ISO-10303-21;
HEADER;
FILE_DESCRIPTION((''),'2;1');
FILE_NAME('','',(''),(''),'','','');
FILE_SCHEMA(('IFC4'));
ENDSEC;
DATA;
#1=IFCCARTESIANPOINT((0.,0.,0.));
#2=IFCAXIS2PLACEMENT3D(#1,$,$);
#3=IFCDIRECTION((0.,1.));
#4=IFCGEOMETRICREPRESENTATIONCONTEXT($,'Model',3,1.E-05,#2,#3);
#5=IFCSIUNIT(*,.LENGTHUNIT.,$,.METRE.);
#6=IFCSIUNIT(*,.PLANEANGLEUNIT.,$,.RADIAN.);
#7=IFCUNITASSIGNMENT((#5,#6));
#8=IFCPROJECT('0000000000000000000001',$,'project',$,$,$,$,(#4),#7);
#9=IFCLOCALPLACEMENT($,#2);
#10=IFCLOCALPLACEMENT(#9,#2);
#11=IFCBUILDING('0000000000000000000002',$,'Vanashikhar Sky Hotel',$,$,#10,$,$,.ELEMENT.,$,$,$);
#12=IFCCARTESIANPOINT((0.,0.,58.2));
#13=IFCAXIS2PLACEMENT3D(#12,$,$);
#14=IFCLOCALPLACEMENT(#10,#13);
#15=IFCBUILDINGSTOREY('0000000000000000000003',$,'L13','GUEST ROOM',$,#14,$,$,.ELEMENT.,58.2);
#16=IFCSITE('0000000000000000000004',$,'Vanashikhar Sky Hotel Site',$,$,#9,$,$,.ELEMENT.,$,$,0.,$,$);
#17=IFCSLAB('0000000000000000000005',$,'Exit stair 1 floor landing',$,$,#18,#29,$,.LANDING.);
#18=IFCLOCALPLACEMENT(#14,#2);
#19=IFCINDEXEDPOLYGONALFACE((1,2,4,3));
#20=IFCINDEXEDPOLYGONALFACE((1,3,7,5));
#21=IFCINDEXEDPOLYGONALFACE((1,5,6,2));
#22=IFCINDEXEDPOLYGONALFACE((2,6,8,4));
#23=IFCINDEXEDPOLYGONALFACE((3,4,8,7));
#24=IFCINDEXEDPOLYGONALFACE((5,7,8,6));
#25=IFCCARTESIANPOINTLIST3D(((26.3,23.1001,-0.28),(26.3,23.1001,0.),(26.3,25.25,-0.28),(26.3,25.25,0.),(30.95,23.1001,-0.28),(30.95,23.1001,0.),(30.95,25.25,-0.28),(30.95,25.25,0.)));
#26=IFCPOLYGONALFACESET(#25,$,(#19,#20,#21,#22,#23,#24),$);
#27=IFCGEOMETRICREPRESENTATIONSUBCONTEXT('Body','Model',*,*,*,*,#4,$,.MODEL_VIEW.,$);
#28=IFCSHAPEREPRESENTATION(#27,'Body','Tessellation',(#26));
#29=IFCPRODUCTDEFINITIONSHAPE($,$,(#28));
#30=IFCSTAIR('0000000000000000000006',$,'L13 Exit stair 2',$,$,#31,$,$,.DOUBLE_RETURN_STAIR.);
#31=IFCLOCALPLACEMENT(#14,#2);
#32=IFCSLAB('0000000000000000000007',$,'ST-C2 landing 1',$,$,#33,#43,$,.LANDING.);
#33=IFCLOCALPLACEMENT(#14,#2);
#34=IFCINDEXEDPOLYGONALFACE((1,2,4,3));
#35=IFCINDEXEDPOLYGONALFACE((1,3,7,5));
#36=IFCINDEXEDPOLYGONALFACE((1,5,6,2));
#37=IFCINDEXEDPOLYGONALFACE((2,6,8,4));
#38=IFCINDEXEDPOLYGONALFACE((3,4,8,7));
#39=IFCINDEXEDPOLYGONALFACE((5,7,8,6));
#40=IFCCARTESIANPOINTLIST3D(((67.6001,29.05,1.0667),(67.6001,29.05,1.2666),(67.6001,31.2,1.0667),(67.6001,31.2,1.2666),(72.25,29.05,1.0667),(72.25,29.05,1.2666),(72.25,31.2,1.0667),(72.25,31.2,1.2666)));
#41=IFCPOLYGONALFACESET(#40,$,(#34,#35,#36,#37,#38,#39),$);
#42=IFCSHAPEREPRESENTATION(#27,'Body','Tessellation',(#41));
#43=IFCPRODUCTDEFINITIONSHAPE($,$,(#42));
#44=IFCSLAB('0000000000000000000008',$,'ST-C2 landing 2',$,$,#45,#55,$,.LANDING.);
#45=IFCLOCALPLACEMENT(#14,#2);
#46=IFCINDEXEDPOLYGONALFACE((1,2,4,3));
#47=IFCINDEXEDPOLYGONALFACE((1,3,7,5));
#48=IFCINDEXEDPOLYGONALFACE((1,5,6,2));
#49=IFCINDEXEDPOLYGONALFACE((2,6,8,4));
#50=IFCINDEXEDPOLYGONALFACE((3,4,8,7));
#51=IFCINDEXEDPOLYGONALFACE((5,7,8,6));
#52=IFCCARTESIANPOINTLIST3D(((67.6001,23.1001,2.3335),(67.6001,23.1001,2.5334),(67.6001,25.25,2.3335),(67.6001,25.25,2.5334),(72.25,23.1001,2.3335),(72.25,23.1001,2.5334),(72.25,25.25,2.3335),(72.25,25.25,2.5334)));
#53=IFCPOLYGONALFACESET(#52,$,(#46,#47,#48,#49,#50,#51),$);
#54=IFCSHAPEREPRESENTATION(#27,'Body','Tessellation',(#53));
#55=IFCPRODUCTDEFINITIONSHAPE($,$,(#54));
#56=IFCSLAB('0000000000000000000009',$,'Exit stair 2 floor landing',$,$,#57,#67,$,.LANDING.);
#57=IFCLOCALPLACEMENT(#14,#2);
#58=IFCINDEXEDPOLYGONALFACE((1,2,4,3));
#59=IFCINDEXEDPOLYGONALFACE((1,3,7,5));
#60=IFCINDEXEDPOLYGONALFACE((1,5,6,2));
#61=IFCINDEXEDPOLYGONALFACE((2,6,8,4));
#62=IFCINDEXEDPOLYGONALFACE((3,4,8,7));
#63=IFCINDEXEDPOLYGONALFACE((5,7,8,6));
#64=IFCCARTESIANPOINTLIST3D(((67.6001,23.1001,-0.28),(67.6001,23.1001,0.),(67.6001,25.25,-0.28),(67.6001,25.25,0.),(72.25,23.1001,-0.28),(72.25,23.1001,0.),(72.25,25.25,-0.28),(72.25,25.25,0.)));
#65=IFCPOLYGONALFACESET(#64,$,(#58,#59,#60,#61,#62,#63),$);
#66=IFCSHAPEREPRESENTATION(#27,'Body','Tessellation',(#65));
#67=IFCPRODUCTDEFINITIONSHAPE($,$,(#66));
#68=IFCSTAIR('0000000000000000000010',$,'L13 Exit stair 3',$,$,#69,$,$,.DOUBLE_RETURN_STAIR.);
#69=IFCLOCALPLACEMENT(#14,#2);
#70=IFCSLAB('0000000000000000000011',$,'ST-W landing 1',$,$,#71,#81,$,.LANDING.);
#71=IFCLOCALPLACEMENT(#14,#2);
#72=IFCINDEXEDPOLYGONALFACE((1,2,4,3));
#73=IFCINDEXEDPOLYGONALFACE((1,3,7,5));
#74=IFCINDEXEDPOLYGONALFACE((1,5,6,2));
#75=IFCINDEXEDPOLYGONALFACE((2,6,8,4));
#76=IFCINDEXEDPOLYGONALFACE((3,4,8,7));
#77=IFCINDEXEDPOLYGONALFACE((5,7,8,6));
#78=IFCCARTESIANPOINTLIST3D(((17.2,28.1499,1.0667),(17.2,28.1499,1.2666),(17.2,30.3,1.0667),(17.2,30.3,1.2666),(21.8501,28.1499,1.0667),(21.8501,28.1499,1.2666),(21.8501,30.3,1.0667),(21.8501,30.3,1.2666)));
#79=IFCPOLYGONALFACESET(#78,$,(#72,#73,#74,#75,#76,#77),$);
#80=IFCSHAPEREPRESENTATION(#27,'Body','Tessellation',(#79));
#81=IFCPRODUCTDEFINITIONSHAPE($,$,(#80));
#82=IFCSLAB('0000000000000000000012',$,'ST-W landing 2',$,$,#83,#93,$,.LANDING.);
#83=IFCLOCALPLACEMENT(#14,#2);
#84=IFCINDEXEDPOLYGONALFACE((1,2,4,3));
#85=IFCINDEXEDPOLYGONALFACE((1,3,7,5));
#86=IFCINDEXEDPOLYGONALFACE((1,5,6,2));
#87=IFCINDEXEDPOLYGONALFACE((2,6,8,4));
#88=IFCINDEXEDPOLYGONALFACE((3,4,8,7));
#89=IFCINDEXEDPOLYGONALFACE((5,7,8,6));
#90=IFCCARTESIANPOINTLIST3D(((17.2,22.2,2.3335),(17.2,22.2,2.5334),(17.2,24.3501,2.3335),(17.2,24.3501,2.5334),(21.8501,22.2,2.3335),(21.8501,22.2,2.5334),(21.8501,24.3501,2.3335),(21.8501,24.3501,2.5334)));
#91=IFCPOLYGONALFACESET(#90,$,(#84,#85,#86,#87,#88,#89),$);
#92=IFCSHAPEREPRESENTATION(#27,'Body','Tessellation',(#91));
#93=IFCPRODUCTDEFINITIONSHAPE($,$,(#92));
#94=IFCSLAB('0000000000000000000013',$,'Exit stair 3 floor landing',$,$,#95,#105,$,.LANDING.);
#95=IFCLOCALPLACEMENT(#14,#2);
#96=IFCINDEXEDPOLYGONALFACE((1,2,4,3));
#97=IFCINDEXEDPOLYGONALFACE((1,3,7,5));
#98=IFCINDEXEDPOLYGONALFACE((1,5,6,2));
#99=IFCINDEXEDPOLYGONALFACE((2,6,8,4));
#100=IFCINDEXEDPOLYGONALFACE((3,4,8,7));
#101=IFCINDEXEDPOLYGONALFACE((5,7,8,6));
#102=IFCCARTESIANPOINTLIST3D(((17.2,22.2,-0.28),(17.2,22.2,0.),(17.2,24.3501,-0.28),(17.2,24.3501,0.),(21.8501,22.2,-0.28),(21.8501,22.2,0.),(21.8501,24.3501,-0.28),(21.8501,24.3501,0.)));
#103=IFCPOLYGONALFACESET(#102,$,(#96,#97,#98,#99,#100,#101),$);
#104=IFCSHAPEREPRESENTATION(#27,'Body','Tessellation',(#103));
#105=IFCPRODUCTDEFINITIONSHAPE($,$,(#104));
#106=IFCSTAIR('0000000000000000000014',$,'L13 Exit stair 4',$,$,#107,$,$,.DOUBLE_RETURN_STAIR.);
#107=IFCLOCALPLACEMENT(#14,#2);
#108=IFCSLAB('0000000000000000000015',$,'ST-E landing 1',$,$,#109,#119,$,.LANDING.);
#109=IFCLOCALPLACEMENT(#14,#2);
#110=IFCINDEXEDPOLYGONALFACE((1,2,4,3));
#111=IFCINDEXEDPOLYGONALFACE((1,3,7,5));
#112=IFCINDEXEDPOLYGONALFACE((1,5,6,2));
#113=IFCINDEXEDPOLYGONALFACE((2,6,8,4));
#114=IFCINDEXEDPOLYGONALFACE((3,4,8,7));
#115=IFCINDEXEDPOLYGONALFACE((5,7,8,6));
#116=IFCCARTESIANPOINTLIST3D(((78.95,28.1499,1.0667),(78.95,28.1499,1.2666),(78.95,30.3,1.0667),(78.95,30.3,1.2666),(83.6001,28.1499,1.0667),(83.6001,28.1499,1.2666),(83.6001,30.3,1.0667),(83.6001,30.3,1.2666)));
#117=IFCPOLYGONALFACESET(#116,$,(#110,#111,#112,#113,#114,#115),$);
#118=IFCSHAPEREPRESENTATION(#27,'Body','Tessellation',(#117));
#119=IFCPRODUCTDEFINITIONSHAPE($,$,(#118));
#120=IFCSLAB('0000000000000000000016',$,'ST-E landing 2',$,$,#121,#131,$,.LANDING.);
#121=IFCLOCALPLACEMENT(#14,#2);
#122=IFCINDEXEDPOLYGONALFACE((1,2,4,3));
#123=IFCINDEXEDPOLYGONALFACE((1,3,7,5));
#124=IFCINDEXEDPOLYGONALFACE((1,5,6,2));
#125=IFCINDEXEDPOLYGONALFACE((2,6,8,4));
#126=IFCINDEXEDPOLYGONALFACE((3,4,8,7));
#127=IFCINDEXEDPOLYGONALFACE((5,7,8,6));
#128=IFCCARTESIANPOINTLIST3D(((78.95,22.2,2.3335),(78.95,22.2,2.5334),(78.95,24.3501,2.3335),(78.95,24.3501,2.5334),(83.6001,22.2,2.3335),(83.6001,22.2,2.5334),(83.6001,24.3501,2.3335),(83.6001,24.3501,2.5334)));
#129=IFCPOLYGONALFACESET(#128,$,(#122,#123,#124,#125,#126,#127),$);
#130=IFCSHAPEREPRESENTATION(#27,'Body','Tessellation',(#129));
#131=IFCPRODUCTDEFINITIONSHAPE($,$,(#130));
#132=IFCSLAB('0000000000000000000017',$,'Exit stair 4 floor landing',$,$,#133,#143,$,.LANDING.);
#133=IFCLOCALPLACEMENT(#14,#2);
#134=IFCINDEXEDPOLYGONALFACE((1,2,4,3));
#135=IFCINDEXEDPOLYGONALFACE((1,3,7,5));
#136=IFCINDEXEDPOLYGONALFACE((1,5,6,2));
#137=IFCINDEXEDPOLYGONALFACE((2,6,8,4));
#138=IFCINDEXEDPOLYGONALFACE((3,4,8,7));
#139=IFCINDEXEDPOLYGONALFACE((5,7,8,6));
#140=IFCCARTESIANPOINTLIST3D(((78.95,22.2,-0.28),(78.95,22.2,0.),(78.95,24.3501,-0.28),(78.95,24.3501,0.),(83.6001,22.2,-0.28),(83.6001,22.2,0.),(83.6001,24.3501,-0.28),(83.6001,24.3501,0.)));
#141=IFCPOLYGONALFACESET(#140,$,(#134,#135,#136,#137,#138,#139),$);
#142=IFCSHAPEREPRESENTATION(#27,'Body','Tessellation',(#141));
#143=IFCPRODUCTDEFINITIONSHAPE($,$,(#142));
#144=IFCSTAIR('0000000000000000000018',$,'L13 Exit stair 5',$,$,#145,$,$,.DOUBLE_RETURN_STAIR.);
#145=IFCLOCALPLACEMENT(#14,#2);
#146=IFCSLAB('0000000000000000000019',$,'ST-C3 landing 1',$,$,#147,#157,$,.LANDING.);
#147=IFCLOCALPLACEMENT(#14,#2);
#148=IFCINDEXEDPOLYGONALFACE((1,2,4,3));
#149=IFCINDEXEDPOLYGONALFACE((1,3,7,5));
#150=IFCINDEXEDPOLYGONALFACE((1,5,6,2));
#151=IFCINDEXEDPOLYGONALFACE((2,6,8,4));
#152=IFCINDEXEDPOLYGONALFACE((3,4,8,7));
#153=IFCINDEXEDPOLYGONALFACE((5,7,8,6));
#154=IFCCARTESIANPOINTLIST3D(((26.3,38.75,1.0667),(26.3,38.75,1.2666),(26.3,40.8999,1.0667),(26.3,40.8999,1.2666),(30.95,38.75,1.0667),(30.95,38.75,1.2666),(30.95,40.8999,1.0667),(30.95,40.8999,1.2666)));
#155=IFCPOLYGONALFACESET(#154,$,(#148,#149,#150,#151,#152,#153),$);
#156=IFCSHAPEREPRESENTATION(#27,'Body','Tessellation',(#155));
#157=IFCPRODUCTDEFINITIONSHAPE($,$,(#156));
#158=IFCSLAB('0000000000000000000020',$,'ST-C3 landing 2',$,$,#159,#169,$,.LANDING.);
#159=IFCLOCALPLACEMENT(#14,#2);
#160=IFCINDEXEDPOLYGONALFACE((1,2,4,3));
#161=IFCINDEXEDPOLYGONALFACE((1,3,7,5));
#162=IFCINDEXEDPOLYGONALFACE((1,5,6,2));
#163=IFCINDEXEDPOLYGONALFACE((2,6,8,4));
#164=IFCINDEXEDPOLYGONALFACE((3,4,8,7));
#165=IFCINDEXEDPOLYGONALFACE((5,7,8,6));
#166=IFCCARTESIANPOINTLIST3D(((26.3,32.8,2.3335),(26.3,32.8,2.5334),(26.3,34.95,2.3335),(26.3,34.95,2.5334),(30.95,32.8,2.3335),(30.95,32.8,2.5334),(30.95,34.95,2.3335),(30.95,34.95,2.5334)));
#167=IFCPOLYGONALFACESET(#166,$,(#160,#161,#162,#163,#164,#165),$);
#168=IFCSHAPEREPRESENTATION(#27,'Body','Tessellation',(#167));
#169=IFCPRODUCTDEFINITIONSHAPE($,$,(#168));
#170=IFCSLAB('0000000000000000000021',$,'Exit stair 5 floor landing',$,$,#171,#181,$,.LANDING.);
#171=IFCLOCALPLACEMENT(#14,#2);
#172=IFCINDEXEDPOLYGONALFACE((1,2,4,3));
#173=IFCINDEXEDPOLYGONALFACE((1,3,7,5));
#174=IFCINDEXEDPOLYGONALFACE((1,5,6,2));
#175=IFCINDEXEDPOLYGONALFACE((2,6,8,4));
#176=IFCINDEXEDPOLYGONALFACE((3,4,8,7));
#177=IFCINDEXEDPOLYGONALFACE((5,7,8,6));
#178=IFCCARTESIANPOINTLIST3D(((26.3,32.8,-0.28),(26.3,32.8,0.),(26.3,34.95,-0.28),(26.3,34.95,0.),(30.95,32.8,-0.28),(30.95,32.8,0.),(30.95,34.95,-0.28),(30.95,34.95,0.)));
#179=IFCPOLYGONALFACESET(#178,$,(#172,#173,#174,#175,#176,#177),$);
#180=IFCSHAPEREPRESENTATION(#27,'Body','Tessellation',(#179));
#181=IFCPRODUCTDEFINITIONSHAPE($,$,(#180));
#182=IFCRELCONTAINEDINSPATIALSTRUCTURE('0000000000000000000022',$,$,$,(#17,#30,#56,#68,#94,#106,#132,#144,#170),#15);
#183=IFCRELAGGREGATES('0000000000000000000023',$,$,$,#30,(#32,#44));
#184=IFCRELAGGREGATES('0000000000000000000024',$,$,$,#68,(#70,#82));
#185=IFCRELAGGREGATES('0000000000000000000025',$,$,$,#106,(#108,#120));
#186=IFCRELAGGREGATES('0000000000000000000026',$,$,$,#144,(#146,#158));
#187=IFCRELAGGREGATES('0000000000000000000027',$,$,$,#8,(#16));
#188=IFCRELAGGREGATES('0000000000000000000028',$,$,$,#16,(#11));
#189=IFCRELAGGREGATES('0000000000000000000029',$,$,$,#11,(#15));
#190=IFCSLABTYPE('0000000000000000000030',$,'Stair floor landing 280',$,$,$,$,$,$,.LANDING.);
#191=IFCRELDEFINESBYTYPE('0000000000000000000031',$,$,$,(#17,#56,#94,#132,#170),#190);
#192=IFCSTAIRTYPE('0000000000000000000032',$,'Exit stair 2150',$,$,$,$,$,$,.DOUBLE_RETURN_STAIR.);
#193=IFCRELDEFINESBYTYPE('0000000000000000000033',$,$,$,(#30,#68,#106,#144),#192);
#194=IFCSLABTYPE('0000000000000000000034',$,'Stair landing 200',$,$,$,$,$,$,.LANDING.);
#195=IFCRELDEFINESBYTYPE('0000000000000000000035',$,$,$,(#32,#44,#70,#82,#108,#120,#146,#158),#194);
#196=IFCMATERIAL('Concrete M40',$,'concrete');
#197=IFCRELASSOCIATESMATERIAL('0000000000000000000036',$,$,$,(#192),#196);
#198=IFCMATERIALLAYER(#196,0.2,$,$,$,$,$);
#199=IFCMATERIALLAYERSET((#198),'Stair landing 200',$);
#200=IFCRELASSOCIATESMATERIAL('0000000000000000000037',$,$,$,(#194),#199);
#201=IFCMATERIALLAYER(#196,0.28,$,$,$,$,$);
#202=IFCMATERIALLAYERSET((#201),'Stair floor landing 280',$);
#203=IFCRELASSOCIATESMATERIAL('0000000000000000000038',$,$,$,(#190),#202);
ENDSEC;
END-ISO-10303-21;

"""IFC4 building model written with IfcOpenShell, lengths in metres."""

from ifc_helpers import new_model, si_unit, direction, frame, origin, place, context, subcontext, project, spatial, polyline, outline, extrude, source, transform, mapped, material, layer, layer_set, type_object, element, aggregate, save


model = new_model("IFC4")

# Units and contexts
model_context = context("Model", 3, precision=1e-05, world=origin(), true_north=direction((0.0, 1.0)))
body_context = subcontext(model_context, "Body", "Model", "MODEL_VIEW")
ifc_project = project(units=[si_unit("LENGTHUNIT", "METRE"), si_unit("PLANEANGLEUNIT", "RADIAN")], contexts=[model_context])

# Site, building, storey
site_placement = place(None, origin())
site = spatial("IfcSite", under=ifc_project, at=site_placement, Name="Vanashikhar Sky Hotel Site", CompositionType="ELEMENT", RefElevation=0.0)
building_placement = place(site_placement, origin())
building = spatial("IfcBuilding", under=site, at=building_placement, Name="Vanashikhar Sky Hotel", CompositionType="ELEMENT")
storey_placement = place(building_placement, frame((0.0, 0.0, 58.2)))
storey = spatial("IfcBuildingStorey", under=building, at=storey_placement, Name="L13", Description="GUEST ROOM", CompositionType="ELEMENT", Elevation=58.2)

# Shared definitions
ifc_material_1 = material(Name="Concrete M40", Category="concrete")

# Shared definitions
stair_type = type_object("IfcStairType", Name="Exit stair 2150", PredefinedType="DOUBLE_RETURN_STAIR", material=ifc_material_1)
ifc_layer_1 = layer(ifc_material_1, 0.2)
ifc_layer_set_1 = layer_set([ifc_layer_1], Name="Stair landing 200")
slab_type_1 = type_object("IfcSlabType", Name="Stair landing 200", PredefinedType="LANDING", material=ifc_layer_set_1)

# Slab
ifc_layer_2 = layer(ifc_material_1, 0.28)
ifc_layer_set_2 = layer_set([ifc_layer_2], Name="Stair floor landing 280")
slab_type_2 = type_object("IfcSlabType", Name="Stair floor landing 280", PredefinedType="LANDING", material=ifc_layer_set_2)
shared_shape_1 = source(origin(), body_context, "Body", "SweptSolid", [
    extrude(outline(polyline([(30.95, 23.1001), (30.95, 25.25), (26.3, 25.25), (26.3, 23.1001), (30.95, 23.1001)])), origin(), (0.0, 0.0, 1.0), 0.28),
])
slab_1_placement = place(storey_placement, frame((0.0, 0.0, -0.28)))
element("IfcSlab", 1, at=slab_1_placement, inside=storey, type_object=slab_type_2, Name="Exit stair 1 floor landing", PredefinedType="LANDING", context=body_context, shape_type="MappedRepresentation", body=[
    mapped(shared_shape_1, transform((0.0, 0.0, 0.0), scale=1.0)),
])

# Stair, slabs
stair_1_placement = place(storey_placement, origin())
stair_1 = element("IfcStair", 2, at=stair_1_placement, inside=storey, type_object=stair_type, Name="L13 Exit stair 2", PredefinedType="DOUBLE_RETURN_STAIR")
shared_shape_2 = source(origin(), body_context, "Body", "SweptSolid", [
    extrude(outline(polyline([(72.25, 29.05), (72.25, 31.2), (67.6001, 31.2), (67.6001, 29.05), (72.25, 29.05)])), origin(), (0.0, 0.0, 1.0), 0.2),
])
slab_2_placement = place(storey_placement, frame((0.0, 0.0, 1.0667)))
slab_2 = element("IfcSlab", 3, at=slab_2_placement, type_object=slab_type_1, Name="ST-C2 landing 1", PredefinedType="LANDING", context=body_context, shape_type="MappedRepresentation", body=[
    mapped(shared_shape_2, transform((0.0, 0.0, 0.0), scale=1.0)),
])
shared_shape_3 = source(origin(), body_context, "Body", "SweptSolid", [
    extrude(outline(polyline([(72.25, 23.1001), (72.25, 25.25), (67.6001, 25.25), (67.6001, 23.1001), (72.25, 23.1001)])), origin(), (0.0, 0.0, 1.0), 0.2),
])
slab_3_placement = place(storey_placement, frame((0.0, 0.0, 2.3335)))
slab_3 = element("IfcSlab", 4, at=slab_3_placement, type_object=slab_type_1, Name="ST-C2 landing 2", PredefinedType="LANDING", context=body_context, shape_type="MappedRepresentation", body=[
    mapped(shared_shape_3, transform((0.0, 0.0, 0.0), scale=1.0)),
])
aggregate(stair_1, [slab_2, slab_3])

# Slab
shared_shape_4 = source(origin(), body_context, "Body", "SweptSolid", [
    extrude(outline(polyline([(72.25, 23.1001), (72.25, 25.25), (67.6001, 25.25), (67.6001, 23.1001), (72.25, 23.1001)])), origin(), (0.0, 0.0, 1.0), 0.28),
])
slab_4_placement = place(storey_placement, frame((0.0, 0.0, -0.28)))
element("IfcSlab", 5, at=slab_4_placement, inside=storey, type_object=slab_type_2, Name="Exit stair 2 floor landing", PredefinedType="LANDING", context=body_context, shape_type="MappedRepresentation", body=[
    mapped(shared_shape_4, transform((0.0, 0.0, 0.0), scale=1.0)),
])

# Stair, slabs
stair_2_placement = place(storey_placement, origin())
stair_2 = element("IfcStair", 6, at=stair_2_placement, inside=storey, type_object=stair_type, Name="L13 Exit stair 3", PredefinedType="DOUBLE_RETURN_STAIR")
shared_shape_5 = source(origin(), body_context, "Body", "SweptSolid", [
    extrude(outline(polyline([(21.8501, 28.1499), (21.8501, 30.3), (17.2, 30.3), (17.2, 28.1499), (21.8501, 28.1499)])), origin(), (0.0, 0.0, 1.0), 0.2),
])
slab_5_placement = place(storey_placement, frame((0.0, 0.0, 1.0667)))
slab_5 = element("IfcSlab", 7, at=slab_5_placement, type_object=slab_type_1, Name="ST-W landing 1", PredefinedType="LANDING", context=body_context, shape_type="MappedRepresentation", body=[
    mapped(shared_shape_5, transform((0.0, 0.0, 0.0), scale=1.0)),
])
shared_shape_6 = source(origin(), body_context, "Body", "SweptSolid", [
    extrude(outline(polyline([(21.8501, 22.2), (21.8501, 24.3501), (17.2, 24.3501), (17.2, 22.2), (21.8501, 22.2)])), origin(), (0.0, 0.0, 1.0), 0.2),
])
slab_6_placement = place(storey_placement, frame((0.0, 0.0, 2.3335)))
slab_6 = element("IfcSlab", 8, at=slab_6_placement, type_object=slab_type_1, Name="ST-W landing 2", PredefinedType="LANDING", context=body_context, shape_type="MappedRepresentation", body=[
    mapped(shared_shape_6, transform((0.0, 0.0, 0.0), scale=1.0)),
])
aggregate(stair_2, [slab_5, slab_6])

# Slab
shared_shape_7 = source(origin(), body_context, "Body", "SweptSolid", [
    extrude(outline(polyline([(21.8501, 22.2), (21.8501, 24.3501), (17.2, 24.3501), (17.2, 22.2), (21.8501, 22.2)])), origin(), (0.0, 0.0, 1.0), 0.28),
])
slab_7_placement = place(storey_placement, frame((0.0, 0.0, -0.28)))
element("IfcSlab", 9, at=slab_7_placement, inside=storey, type_object=slab_type_2, Name="Exit stair 3 floor landing", PredefinedType="LANDING", context=body_context, shape_type="MappedRepresentation", body=[
    mapped(shared_shape_7, transform((0.0, 0.0, 0.0), scale=1.0)),
])

# Stair, slabs
stair_3_placement = place(storey_placement, origin())
stair_3 = element("IfcStair", 10, at=stair_3_placement, inside=storey, type_object=stair_type, Name="L13 Exit stair 4", PredefinedType="DOUBLE_RETURN_STAIR")
shared_shape_8 = source(origin(), body_context, "Body", "SweptSolid", [
    extrude(outline(polyline([(83.6001, 28.1499), (83.6001, 30.3), (78.95, 30.3), (78.95, 28.1499), (83.6001, 28.1499)])), origin(), (0.0, 0.0, 1.0), 0.2),
])
slab_8_placement = place(storey_placement, frame((0.0, 0.0, 1.0667)))
slab_8 = element("IfcSlab", 11, at=slab_8_placement, type_object=slab_type_1, Name="ST-E landing 1", PredefinedType="LANDING", context=body_context, shape_type="MappedRepresentation", body=[
    mapped(shared_shape_8, transform((0.0, 0.0, 0.0), scale=1.0)),
])
shared_shape_9 = source(origin(), body_context, "Body", "SweptSolid", [
    extrude(outline(polyline([(83.6001, 22.2), (83.6001, 24.3501), (78.95, 24.3501), (78.95, 22.2), (83.6001, 22.2)])), origin(), (0.0, 0.0, 1.0), 0.2),
])
slab_9_placement = place(storey_placement, frame((0.0, 0.0, 2.3335)))
slab_9 = element("IfcSlab", 12, at=slab_9_placement, type_object=slab_type_1, Name="ST-E landing 2", PredefinedType="LANDING", context=body_context, shape_type="MappedRepresentation", body=[
    mapped(shared_shape_9, transform((0.0, 0.0, 0.0), scale=1.0)),
])
aggregate(stair_3, [slab_8, slab_9])

# Slab
shared_shape_10 = source(origin(), body_context, "Body", "SweptSolid", [
    extrude(outline(polyline([(83.6001, 22.2), (83.6001, 24.3501), (78.95, 24.3501), (78.95, 22.2), (83.6001, 22.2)])), origin(), (0.0, 0.0, 1.0), 0.28),
])
slab_10_placement = place(storey_placement, frame((0.0, 0.0, -0.28)))
element("IfcSlab", 13, at=slab_10_placement, inside=storey, type_object=slab_type_2, Name="Exit stair 4 floor landing", PredefinedType="LANDING", context=body_context, shape_type="MappedRepresentation", body=[
    mapped(shared_shape_10, transform((0.0, 0.0, 0.0), scale=1.0)),
])

# Stair, slabs
stair_4_placement = place(storey_placement, origin())
stair_4 = element("IfcStair", 14, at=stair_4_placement, inside=storey, type_object=stair_type, Name="L13 Exit stair 5", PredefinedType="DOUBLE_RETURN_STAIR")
shared_shape_11 = source(origin(), body_context, "Body", "SweptSolid", [
    extrude(outline(polyline([(30.95, 38.75), (30.95, 40.8999), (26.3, 40.8999), (26.3, 38.75), (30.95, 38.75)])), origin(), (0.0, 0.0, 1.0), 0.2),
])
slab_11_placement = place(storey_placement, frame((0.0, 0.0, 1.0667)))
slab_11 = element("IfcSlab", 15, at=slab_11_placement, type_object=slab_type_1, Name="ST-C3 landing 1", PredefinedType="LANDING", context=body_context, shape_type="MappedRepresentation", body=[
    mapped(shared_shape_11, transform((0.0, 0.0, 0.0), scale=1.0)),
])
shared_shape_12 = source(origin(), body_context, "Body", "SweptSolid", [
    extrude(outline(polyline([(30.95, 32.8), (30.95, 34.95), (26.3, 34.95), (26.3, 32.8), (30.95, 32.8)])), origin(), (0.0, 0.0, 1.0), 0.2),
])
slab_12_placement = place(storey_placement, frame((0.0, 0.0, 2.3335)))
slab_12 = element("IfcSlab", 16, at=slab_12_placement, type_object=slab_type_1, Name="ST-C3 landing 2", PredefinedType="LANDING", context=body_context, shape_type="MappedRepresentation", body=[
    mapped(shared_shape_12, transform((0.0, 0.0, 0.0), scale=1.0)),
])
aggregate(stair_4, [slab_11, slab_12])

# Slab
shared_shape_13 = source(origin(), body_context, "Body", "SweptSolid", [
    extrude(outline(polyline([(30.95, 32.8), (30.95, 34.95), (26.3, 34.95), (26.3, 32.8), (30.95, 32.8)])), origin(), (0.0, 0.0, 1.0), 0.28),
])
slab_13_placement = place(storey_placement, frame((0.0, 0.0, -0.28)))
element("IfcSlab", 17, at=slab_13_placement, inside=storey, type_object=slab_type_2, Name="Exit stair 5 floor landing", PredefinedType="LANDING", context=body_context, shape_type="MappedRepresentation", body=[
    mapped(shared_shape_13, transform((0.0, 0.0, 0.0), scale=1.0)),
])

save(model, "model.ifc")
